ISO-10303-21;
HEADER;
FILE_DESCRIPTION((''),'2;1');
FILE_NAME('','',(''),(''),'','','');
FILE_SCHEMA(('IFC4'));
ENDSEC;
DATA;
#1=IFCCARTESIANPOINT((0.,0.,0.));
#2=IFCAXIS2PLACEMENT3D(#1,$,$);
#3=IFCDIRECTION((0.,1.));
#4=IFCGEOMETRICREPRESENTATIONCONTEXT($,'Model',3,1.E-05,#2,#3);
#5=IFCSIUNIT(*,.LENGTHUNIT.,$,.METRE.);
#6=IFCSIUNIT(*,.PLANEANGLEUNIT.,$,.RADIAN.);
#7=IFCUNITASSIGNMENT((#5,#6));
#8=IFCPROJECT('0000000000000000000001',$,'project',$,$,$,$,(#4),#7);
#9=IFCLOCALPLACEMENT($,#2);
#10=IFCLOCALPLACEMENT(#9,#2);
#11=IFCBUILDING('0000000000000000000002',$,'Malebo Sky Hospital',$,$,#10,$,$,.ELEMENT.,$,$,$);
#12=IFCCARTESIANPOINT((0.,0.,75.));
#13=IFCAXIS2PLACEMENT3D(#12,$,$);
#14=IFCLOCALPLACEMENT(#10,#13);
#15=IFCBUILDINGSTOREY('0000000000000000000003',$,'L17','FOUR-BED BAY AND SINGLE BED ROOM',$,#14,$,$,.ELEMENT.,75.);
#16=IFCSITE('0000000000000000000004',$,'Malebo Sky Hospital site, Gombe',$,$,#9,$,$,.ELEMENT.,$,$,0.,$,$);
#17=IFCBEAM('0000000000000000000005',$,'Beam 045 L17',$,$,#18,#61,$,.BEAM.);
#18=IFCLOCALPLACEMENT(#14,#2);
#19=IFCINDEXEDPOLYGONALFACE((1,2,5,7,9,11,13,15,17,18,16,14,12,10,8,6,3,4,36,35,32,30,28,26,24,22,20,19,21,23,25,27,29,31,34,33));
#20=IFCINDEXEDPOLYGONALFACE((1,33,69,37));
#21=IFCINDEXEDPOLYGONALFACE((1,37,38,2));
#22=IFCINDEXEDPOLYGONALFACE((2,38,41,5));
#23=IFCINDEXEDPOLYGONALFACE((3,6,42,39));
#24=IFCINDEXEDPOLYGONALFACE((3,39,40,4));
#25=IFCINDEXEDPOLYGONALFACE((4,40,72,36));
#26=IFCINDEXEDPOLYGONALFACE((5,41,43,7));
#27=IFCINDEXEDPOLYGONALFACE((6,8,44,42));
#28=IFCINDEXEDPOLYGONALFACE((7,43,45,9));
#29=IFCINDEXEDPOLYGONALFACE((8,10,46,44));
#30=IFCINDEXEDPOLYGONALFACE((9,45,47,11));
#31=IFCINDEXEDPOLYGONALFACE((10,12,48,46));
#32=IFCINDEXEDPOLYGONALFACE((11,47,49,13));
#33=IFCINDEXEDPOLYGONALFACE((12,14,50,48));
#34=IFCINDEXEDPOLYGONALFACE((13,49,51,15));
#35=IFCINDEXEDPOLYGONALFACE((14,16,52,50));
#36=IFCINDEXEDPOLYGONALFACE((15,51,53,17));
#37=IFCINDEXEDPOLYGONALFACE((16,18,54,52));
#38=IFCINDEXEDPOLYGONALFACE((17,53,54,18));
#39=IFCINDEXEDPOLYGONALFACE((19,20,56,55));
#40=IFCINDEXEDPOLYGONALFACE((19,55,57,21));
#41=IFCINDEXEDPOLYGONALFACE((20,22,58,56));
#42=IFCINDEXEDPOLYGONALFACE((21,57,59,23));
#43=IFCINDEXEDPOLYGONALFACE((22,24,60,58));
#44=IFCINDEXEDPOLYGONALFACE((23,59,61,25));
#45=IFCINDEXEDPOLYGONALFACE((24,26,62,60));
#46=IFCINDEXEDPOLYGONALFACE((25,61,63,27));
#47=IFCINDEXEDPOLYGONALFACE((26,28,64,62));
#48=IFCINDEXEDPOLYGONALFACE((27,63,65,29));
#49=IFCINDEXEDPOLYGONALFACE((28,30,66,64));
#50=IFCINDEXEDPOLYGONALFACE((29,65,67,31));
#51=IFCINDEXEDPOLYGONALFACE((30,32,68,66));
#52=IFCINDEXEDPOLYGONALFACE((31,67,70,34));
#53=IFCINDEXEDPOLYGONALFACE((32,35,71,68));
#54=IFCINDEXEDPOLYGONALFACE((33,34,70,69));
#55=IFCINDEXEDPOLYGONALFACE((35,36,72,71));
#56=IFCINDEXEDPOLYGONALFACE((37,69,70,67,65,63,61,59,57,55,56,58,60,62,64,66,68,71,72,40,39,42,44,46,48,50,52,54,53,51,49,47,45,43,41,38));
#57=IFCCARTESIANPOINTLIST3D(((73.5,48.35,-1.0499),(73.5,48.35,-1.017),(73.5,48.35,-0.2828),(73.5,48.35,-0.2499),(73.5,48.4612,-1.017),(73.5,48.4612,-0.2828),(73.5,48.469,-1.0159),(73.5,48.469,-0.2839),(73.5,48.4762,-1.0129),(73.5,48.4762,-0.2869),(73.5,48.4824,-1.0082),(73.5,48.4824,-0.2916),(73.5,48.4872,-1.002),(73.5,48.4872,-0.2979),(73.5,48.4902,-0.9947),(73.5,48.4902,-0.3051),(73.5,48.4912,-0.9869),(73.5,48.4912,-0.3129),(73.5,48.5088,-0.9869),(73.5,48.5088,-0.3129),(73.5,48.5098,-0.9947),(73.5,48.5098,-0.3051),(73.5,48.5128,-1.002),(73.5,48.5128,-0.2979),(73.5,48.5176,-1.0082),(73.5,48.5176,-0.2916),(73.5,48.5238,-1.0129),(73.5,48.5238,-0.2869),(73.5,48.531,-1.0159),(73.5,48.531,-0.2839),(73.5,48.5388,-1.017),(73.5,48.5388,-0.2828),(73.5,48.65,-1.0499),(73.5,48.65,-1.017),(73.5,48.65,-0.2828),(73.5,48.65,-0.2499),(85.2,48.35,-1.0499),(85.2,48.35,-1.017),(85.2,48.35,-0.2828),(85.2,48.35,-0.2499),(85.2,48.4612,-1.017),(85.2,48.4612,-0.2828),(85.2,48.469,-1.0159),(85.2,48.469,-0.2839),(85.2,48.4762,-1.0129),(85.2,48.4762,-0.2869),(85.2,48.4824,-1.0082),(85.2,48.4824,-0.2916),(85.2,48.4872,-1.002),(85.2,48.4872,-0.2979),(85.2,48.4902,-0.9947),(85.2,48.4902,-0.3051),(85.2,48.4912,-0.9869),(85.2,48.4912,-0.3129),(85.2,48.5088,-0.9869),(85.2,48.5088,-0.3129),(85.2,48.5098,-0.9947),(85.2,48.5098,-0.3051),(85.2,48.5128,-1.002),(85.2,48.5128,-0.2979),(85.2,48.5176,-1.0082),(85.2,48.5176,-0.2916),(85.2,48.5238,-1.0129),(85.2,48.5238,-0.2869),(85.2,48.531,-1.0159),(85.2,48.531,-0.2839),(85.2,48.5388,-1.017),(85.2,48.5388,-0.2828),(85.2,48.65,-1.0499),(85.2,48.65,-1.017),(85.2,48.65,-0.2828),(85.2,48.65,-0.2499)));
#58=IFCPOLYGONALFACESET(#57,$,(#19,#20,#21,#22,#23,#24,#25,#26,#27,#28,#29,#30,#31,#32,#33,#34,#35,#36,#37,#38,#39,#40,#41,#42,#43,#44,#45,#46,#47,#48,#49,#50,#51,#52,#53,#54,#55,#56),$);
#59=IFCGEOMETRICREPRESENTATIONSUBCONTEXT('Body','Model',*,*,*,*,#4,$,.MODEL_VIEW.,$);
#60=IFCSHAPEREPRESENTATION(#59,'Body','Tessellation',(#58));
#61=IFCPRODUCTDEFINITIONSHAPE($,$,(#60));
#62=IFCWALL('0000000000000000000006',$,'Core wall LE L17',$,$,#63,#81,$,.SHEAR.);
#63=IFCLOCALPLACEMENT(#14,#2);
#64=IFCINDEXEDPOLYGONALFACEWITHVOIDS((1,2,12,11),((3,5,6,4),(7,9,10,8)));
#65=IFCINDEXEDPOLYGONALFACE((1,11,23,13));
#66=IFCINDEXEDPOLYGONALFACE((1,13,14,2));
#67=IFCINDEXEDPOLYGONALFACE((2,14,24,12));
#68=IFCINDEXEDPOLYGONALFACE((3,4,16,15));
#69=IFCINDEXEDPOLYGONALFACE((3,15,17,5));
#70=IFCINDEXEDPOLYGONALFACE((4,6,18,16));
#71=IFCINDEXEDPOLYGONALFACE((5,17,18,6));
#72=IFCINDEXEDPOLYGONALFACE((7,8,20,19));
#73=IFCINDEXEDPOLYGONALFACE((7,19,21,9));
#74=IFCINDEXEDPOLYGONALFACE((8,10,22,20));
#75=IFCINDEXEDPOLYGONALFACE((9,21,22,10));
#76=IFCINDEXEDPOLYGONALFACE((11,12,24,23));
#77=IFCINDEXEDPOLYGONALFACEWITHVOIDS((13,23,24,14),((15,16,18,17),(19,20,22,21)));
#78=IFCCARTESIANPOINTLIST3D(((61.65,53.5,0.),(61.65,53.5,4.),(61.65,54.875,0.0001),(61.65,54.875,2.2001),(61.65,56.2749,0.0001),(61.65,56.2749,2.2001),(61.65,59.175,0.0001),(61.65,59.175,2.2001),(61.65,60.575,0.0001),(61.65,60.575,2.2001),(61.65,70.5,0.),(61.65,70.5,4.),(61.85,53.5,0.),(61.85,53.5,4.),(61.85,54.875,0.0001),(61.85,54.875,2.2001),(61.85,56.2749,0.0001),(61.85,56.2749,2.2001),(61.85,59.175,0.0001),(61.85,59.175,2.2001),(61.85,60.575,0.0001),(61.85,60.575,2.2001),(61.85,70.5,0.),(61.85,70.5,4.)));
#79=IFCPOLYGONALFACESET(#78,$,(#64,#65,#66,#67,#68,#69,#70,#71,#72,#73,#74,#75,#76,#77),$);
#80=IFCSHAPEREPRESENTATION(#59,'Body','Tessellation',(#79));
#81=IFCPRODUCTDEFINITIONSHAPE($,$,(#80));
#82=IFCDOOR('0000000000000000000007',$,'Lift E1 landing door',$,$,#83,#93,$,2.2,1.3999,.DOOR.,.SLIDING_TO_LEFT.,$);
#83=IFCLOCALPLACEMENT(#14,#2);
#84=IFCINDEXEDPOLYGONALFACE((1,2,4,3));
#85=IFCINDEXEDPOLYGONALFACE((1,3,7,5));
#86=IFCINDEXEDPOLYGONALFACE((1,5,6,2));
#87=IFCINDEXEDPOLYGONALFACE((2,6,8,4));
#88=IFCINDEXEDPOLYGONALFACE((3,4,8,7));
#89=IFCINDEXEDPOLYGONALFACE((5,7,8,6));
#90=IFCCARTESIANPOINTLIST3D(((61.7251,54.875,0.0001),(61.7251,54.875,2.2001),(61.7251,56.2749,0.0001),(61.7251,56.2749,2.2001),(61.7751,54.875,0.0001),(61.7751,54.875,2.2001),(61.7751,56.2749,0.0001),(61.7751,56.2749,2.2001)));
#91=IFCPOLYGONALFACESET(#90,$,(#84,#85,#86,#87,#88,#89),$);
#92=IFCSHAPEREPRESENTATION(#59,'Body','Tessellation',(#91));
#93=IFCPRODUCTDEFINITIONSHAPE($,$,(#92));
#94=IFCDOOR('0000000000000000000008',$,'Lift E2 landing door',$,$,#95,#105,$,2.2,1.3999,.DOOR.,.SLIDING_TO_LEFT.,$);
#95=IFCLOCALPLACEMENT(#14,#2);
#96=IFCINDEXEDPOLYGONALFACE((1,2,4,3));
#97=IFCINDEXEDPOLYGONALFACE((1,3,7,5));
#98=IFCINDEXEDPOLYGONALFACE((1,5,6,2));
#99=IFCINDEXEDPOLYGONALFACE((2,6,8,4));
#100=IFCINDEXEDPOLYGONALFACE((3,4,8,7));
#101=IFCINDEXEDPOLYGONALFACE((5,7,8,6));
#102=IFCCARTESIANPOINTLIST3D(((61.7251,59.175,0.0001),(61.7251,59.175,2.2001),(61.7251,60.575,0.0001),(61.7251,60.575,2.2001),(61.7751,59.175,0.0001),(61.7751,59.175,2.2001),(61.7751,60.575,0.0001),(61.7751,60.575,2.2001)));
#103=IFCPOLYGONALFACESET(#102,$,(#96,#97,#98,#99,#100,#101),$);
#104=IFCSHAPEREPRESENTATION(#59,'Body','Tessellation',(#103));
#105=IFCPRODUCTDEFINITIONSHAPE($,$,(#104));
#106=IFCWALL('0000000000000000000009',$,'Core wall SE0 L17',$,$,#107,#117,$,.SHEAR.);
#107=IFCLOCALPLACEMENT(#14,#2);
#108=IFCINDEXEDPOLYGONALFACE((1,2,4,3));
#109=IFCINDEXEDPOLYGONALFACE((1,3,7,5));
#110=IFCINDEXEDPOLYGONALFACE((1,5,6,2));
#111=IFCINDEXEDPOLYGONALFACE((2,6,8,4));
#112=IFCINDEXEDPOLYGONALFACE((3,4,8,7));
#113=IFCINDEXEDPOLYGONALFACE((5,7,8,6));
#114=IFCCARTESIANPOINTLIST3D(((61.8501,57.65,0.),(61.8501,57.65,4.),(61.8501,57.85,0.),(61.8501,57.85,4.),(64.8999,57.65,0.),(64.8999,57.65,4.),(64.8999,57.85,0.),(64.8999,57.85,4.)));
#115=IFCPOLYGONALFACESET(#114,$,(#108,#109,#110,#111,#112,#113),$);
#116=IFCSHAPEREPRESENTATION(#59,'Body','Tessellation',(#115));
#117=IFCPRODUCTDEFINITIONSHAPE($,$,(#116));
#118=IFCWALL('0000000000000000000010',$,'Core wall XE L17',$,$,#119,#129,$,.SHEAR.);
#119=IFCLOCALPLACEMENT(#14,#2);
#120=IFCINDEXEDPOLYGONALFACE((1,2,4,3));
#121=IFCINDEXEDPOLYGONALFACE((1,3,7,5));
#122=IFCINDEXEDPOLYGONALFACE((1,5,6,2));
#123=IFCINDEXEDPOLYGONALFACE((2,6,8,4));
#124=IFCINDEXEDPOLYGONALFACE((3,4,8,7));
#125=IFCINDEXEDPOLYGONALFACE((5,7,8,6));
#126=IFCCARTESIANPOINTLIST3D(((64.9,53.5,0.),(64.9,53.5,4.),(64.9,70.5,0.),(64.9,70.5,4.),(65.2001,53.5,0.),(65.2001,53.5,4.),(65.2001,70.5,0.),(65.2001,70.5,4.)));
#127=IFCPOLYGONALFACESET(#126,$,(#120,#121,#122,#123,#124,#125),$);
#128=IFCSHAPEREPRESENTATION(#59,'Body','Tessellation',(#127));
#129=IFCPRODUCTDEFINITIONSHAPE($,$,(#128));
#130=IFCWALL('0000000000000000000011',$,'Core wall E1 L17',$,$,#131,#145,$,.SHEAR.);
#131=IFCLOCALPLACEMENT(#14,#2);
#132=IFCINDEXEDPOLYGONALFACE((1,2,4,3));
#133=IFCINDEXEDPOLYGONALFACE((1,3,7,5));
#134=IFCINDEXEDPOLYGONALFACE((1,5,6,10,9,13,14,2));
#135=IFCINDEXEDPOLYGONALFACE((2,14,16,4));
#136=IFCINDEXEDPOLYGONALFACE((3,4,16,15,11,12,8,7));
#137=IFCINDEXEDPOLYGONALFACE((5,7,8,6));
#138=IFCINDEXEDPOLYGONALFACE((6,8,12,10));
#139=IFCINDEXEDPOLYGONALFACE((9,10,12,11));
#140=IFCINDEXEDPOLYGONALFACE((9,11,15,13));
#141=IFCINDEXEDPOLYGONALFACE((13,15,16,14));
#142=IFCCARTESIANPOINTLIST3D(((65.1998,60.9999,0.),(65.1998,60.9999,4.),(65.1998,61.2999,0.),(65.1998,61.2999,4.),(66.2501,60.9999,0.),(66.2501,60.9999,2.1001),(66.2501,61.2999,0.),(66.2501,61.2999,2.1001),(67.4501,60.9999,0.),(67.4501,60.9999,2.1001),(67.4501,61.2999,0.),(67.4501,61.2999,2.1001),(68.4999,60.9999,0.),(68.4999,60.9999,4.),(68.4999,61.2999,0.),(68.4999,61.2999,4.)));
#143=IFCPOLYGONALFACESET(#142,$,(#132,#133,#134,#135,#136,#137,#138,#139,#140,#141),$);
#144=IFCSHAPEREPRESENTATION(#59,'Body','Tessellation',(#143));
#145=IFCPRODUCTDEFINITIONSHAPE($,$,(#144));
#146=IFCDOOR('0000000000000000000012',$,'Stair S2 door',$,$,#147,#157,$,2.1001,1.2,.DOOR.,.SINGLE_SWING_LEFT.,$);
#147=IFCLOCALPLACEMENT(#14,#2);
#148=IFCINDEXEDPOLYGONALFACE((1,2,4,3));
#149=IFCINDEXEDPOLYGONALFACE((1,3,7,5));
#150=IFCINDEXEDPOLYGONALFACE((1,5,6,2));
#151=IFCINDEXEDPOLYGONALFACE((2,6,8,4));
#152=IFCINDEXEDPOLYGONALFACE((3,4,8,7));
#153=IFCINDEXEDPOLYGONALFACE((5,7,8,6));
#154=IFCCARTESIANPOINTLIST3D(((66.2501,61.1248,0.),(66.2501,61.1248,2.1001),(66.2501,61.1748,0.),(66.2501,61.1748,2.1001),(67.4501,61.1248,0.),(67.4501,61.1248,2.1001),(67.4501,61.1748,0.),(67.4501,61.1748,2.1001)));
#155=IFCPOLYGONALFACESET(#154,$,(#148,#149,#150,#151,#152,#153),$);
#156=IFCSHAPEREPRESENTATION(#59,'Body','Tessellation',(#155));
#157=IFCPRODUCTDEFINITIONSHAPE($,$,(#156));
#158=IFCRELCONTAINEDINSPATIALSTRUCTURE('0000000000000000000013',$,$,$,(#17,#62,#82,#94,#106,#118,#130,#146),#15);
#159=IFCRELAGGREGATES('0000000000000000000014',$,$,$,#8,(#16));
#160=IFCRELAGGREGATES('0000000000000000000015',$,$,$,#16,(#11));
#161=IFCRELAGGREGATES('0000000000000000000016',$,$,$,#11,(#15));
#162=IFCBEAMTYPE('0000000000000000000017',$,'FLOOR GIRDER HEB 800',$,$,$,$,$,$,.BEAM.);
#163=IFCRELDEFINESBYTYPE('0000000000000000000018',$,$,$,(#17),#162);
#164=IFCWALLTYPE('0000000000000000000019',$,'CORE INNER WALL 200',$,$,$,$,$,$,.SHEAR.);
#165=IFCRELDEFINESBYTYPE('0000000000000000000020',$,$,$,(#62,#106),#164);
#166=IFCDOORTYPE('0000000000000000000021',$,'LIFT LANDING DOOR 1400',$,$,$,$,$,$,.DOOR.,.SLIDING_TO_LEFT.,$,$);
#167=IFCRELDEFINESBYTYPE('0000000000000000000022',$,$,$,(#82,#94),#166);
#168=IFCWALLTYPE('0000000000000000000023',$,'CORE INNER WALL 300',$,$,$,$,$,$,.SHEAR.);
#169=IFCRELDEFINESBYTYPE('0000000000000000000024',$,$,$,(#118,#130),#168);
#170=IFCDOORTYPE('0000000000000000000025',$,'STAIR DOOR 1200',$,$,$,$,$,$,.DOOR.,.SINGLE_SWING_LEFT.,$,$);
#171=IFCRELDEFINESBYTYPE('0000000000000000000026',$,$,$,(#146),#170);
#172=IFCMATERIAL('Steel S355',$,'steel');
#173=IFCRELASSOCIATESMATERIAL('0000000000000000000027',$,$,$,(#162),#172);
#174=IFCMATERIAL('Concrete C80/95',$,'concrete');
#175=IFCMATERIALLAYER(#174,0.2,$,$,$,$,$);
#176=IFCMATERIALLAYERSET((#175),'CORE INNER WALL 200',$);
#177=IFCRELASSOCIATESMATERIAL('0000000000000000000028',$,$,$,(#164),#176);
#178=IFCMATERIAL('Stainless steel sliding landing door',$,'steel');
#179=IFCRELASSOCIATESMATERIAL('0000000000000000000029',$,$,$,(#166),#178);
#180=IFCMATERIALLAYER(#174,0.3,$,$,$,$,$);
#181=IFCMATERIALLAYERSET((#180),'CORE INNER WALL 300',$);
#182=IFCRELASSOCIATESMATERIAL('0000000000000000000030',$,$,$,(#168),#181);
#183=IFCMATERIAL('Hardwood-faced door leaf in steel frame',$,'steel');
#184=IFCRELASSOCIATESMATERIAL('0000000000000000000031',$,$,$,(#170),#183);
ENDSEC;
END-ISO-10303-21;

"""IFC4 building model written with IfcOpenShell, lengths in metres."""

from ifc_helpers import new_model, si_unit, direction, frame, frame_2d, origin, origin_2d, place, context, subcontext, project, spatial, rectangle, i_section, extrude, material, layer, layer_set, material_profile, profile_set, type_object, element, fill, save


model = new_model("IFC4")

# Units and contexts
model_context = context("Model", 3, precision=1e-05, world=origin(), true_north=direction((0.0, 1.0)))
body_context = subcontext(model_context, "Body", "Model", "MODEL_VIEW")
ifc_project = project(units=[si_unit("LENGTHUNIT", "METRE"), si_unit("PLANEANGLEUNIT", "RADIAN")], contexts=[model_context])

# Site, building, storey
site_placement = place(None, origin())
site = spatial("IfcSite", under=ifc_project, at=site_placement, Name="Malebo Sky Hospital site, Gombe", CompositionType="ELEMENT", RefElevation=0.0)
building_placement = place(site_placement, origin())
building = spatial("IfcBuilding", under=site, at=building_placement, Name="Malebo Sky Hospital", CompositionType="ELEMENT")
storey_placement = place(building_placement, frame((0.0, 0.0, 75.0)))
storey = spatial("IfcBuildingStorey", under=building, at=storey_placement, Name="L17", Description="FOUR-BED BAY AND SINGLE BED ROOM", CompositionType="ELEMENT", Elevation=75.0)

# Beam
ifc_material_1 = material(Name="Steel S355", Category="steel")
ifc_material_profile_1 = material_profile(ifc_material_1, i_section(OverallWidth=0.3, OverallDepth=0.8, WebThickness=0.0176, FlangeThickness=0.033, FilletRadius=0.03, at=origin_2d()), Name="HEB 800")
ifc_profile_set_1 = profile_set([ifc_material_profile_1], Name="Steel S355")
beam_type_1 = type_object("IfcBeamType", Name="FLOOR GIRDER HEB 800", PredefinedType="BEAM", material=ifc_profile_set_1)
beam_placement = place(storey_placement, frame((73.5, 48.5, -0.6499), z_axis=(1.0, 0.0, 0.0), x_axis=(0.0, 1.0, 0.0)))
element("IfcBeam", 1, at=beam_placement, inside=storey, type_object=beam_type_1, Name="Beam 045 L17", PredefinedType="BEAM", context=body_context, shape_type="SweptSolid", body=[
    extrude(i_section(OverallWidth=0.3, OverallDepth=0.8, WebThickness=0.0176, FlangeThickness=0.033, FilletRadius=0.03, at=origin_2d()), origin(), (0.0, 0.0, 1.0), 11.7),
])

# Wall, openings, doors
ifc_material_2 = material(Name="Concrete C80/95", Category="concrete")
ifc_layer_1 = layer(ifc_material_2, 0.2)
ifc_layer_set_1 = layer_set([ifc_layer_1], Name="CORE INNER WALL 200")
wall_type_1 = type_object("IfcWallType", Name="CORE INNER WALL 200", PredefinedType="SHEAR", material=ifc_layer_set_1)
wall_1_placement = place(storey_placement, frame((61.75, 53.5, 0.0), z_axis=(0.0, 0.0, 1.0), x_axis=(0.0, 1.0, 0.0)))
wall_1 = element("IfcWall", 2, at=wall_1_placement, inside=storey, type_object=wall_type_1, Name="Core wall LE L17", PredefinedType="SHEAR", context=body_context, shape_type="SweptSolid", body=[
    extrude(rectangle(XDim=17.0, YDim=0.2, at=frame_2d((8.5, 0.0))), origin(), (0.0, 0.0, 1.0), 4.0),
])
opening_1_placement = place(wall_1_placement, frame((1.375, 0.0, 0.0)))
opening_1 = element("IfcOpeningElement", 3, at=opening_1_placement, cuts=wall_1, PredefinedType="OPENING", context=body_context, shape_type="SweptSolid", body=[
    extrude(rectangle(XDim=1.3999, YDim=2.2, at=frame_2d((0.7, 1.1001))), frame((0.0, 0.1099, 0.0), z_axis=(0.0, -1.0, 0.0), x_axis=(1.0, 0.0, 0.0)), (0.0, 0.0, 1.0), 0.22),
])
opening_2_placement = place(wall_1_placement, frame((5.675, 0.0, 0.0)))
opening_2 = element("IfcOpeningElement", 4, at=opening_2_placement, cuts=wall_1, PredefinedType="OPENING", context=body_context, shape_type="SweptSolid", body=[
    extrude(rectangle(XDim=1.3999, YDim=2.2, at=frame_2d((0.7, 1.1001))), frame((0.0, 0.1099, 0.0), z_axis=(0.0, -1.0, 0.0), x_axis=(1.0, 0.0, 0.0)), (0.0, 0.0, 1.0), 0.22),
])
ifc_material_3 = material(Name="Stainless steel sliding landing door", Category="steel")
door_type_1 = type_object("IfcDoorType", Name="LIFT LANDING DOOR 1400", OperationType="SLIDING_TO_LEFT", PredefinedType="DOOR", material=ifc_material_3)
door_1_placement = place(opening_1_placement, origin())
door_1 = element("IfcDoor", 5, at=door_1_placement, inside=storey, type_object=door_type_1, Name="Lift E1 landing door", OperationType="SLIDING_TO_LEFT", OverallHeight=2.2, OverallWidth=1.3999, PredefinedType="DOOR", context=body_context, shape_type="SweptSolid", body=[
    extrude(rectangle(XDim=1.3999, YDim=2.2, at=frame_2d((0.7, 1.1001))), frame((0.0, 0.0249, 0.0), z_axis=(0.0, -1.0, 0.0), x_axis=(1.0, 0.0, 0.0)), (0.0, 0.0, 1.0), 0.05),
])
fill(opening_1, door_1)
door_2_placement = place(opening_2_placement, origin())
door_2 = element("IfcDoor", 6, at=door_2_placement, inside=storey, type_object=door_type_1, Name="Lift E2 landing door", OperationType="SLIDING_TO_LEFT", OverallHeight=2.2, OverallWidth=1.3999, PredefinedType="DOOR", context=body_context, shape_type="SweptSolid", body=[
    extrude(rectangle(XDim=1.3999, YDim=2.2, at=frame_2d((0.7, 1.1001))), frame((0.0, 0.0249, 0.0), z_axis=(0.0, -1.0, 0.0), x_axis=(1.0, 0.0, 0.0)), (0.0, 0.0, 1.0), 0.05),
])
fill(opening_2, door_2)

# Walls
wall_2_placement = place(storey_placement, frame((61.8501, 57.75, 0.0), z_axis=(0.0, 0.0, 1.0), x_axis=(1.0, 0.0, 0.0)))
element("IfcWall", 7, at=wall_2_placement, inside=storey, type_object=wall_type_1, Name="Core wall SE0 L17", PredefinedType="SHEAR", context=body_context, shape_type="SweptSolid", body=[
    extrude(rectangle(XDim=3.0498, YDim=0.2, at=frame_2d((1.5249, 0.0))), origin(), (0.0, 0.0, 1.0), 4.0),
])
ifc_layer_2 = layer(ifc_material_2, 0.3)
ifc_layer_set_2 = layer_set([ifc_layer_2], Name="CORE INNER WALL 300")
wall_type_2 = type_object("IfcWallType", Name="CORE INNER WALL 300", PredefinedType="SHEAR", material=ifc_layer_set_2)
wall_3_placement = place(storey_placement, frame((65.05, 53.5, 0.0), z_axis=(0.0, 0.0, 1.0), x_axis=(0.0, 1.0, 0.0)))
element("IfcWall", 8, at=wall_3_placement, inside=storey, type_object=wall_type_2, Name="Core wall XE L17", PredefinedType="SHEAR", context=body_context, shape_type="SweptSolid", body=[
    extrude(rectangle(XDim=17.0, YDim=0.3, at=frame_2d((8.5, 0.0))), origin(), (0.0, 0.0, 1.0), 4.0),
])

# Wall, opening, door
wall_4_placement = place(storey_placement, frame((65.2, 61.1499, 0.0), z_axis=(0.0, 0.0, 1.0), x_axis=(1.0, 0.0, 0.0)))
wall_4 = element("IfcWall", 9, at=wall_4_placement, inside=storey, type_object=wall_type_2, Name="Core wall E1 L17", PredefinedType="SHEAR", context=body_context, shape_type="SweptSolid", body=[
    extrude(rectangle(XDim=3.3, YDim=0.3, at=frame_2d((1.6499, 0.0))), origin(), (0.0, 0.0, 1.0), 4.0),
])
opening_3_placement = place(wall_4_placement, frame((1.05, 0.0, 0.0)))
opening_3 = element("IfcOpeningElement", 10, at=opening_3_placement, cuts=wall_4, PredefinedType="OPENING", context=body_context, shape_type="SweptSolid", body=[
    extrude(rectangle(XDim=1.2, YDim=2.1001, at=frame_2d((0.6001, 1.05))), frame((0.0, 0.1599, 0.0), z_axis=(0.0, -1.0, 0.0), x_axis=(1.0, 0.0, 0.0)), (0.0, 0.0, 1.0), 0.3201),
])
ifc_material_4 = material(Name="Hardwood-faced door leaf in steel frame", Category="steel")
door_type_2 = type_object("IfcDoorType", Name="STAIR DOOR 1200", OperationType="SINGLE_SWING_LEFT", PredefinedType="DOOR", material=ifc_material_4)
door_3_placement = place(opening_3_placement, origin())
door_3 = element("IfcDoor", 11, at=door_3_placement, inside=storey, type_object=door_type_2, Name="Stair S2 door", OperationType="SINGLE_SWING_LEFT", OverallHeight=2.1001, OverallWidth=1.2, PredefinedType="DOOR", context=body_context, shape_type="SweptSolid", body=[
    extrude(rectangle(XDim=1.2, YDim=2.1001, at=frame_2d((0.6001, 1.05))), frame((0.0, 0.0249, 0.0), z_axis=(0.0, -1.0, 0.0), x_axis=(1.0, 0.0, 0.0)), (0.0, 0.0, 1.0), 0.05),
])
fill(opening_3, door_3)

save(model, "model.ifc")
